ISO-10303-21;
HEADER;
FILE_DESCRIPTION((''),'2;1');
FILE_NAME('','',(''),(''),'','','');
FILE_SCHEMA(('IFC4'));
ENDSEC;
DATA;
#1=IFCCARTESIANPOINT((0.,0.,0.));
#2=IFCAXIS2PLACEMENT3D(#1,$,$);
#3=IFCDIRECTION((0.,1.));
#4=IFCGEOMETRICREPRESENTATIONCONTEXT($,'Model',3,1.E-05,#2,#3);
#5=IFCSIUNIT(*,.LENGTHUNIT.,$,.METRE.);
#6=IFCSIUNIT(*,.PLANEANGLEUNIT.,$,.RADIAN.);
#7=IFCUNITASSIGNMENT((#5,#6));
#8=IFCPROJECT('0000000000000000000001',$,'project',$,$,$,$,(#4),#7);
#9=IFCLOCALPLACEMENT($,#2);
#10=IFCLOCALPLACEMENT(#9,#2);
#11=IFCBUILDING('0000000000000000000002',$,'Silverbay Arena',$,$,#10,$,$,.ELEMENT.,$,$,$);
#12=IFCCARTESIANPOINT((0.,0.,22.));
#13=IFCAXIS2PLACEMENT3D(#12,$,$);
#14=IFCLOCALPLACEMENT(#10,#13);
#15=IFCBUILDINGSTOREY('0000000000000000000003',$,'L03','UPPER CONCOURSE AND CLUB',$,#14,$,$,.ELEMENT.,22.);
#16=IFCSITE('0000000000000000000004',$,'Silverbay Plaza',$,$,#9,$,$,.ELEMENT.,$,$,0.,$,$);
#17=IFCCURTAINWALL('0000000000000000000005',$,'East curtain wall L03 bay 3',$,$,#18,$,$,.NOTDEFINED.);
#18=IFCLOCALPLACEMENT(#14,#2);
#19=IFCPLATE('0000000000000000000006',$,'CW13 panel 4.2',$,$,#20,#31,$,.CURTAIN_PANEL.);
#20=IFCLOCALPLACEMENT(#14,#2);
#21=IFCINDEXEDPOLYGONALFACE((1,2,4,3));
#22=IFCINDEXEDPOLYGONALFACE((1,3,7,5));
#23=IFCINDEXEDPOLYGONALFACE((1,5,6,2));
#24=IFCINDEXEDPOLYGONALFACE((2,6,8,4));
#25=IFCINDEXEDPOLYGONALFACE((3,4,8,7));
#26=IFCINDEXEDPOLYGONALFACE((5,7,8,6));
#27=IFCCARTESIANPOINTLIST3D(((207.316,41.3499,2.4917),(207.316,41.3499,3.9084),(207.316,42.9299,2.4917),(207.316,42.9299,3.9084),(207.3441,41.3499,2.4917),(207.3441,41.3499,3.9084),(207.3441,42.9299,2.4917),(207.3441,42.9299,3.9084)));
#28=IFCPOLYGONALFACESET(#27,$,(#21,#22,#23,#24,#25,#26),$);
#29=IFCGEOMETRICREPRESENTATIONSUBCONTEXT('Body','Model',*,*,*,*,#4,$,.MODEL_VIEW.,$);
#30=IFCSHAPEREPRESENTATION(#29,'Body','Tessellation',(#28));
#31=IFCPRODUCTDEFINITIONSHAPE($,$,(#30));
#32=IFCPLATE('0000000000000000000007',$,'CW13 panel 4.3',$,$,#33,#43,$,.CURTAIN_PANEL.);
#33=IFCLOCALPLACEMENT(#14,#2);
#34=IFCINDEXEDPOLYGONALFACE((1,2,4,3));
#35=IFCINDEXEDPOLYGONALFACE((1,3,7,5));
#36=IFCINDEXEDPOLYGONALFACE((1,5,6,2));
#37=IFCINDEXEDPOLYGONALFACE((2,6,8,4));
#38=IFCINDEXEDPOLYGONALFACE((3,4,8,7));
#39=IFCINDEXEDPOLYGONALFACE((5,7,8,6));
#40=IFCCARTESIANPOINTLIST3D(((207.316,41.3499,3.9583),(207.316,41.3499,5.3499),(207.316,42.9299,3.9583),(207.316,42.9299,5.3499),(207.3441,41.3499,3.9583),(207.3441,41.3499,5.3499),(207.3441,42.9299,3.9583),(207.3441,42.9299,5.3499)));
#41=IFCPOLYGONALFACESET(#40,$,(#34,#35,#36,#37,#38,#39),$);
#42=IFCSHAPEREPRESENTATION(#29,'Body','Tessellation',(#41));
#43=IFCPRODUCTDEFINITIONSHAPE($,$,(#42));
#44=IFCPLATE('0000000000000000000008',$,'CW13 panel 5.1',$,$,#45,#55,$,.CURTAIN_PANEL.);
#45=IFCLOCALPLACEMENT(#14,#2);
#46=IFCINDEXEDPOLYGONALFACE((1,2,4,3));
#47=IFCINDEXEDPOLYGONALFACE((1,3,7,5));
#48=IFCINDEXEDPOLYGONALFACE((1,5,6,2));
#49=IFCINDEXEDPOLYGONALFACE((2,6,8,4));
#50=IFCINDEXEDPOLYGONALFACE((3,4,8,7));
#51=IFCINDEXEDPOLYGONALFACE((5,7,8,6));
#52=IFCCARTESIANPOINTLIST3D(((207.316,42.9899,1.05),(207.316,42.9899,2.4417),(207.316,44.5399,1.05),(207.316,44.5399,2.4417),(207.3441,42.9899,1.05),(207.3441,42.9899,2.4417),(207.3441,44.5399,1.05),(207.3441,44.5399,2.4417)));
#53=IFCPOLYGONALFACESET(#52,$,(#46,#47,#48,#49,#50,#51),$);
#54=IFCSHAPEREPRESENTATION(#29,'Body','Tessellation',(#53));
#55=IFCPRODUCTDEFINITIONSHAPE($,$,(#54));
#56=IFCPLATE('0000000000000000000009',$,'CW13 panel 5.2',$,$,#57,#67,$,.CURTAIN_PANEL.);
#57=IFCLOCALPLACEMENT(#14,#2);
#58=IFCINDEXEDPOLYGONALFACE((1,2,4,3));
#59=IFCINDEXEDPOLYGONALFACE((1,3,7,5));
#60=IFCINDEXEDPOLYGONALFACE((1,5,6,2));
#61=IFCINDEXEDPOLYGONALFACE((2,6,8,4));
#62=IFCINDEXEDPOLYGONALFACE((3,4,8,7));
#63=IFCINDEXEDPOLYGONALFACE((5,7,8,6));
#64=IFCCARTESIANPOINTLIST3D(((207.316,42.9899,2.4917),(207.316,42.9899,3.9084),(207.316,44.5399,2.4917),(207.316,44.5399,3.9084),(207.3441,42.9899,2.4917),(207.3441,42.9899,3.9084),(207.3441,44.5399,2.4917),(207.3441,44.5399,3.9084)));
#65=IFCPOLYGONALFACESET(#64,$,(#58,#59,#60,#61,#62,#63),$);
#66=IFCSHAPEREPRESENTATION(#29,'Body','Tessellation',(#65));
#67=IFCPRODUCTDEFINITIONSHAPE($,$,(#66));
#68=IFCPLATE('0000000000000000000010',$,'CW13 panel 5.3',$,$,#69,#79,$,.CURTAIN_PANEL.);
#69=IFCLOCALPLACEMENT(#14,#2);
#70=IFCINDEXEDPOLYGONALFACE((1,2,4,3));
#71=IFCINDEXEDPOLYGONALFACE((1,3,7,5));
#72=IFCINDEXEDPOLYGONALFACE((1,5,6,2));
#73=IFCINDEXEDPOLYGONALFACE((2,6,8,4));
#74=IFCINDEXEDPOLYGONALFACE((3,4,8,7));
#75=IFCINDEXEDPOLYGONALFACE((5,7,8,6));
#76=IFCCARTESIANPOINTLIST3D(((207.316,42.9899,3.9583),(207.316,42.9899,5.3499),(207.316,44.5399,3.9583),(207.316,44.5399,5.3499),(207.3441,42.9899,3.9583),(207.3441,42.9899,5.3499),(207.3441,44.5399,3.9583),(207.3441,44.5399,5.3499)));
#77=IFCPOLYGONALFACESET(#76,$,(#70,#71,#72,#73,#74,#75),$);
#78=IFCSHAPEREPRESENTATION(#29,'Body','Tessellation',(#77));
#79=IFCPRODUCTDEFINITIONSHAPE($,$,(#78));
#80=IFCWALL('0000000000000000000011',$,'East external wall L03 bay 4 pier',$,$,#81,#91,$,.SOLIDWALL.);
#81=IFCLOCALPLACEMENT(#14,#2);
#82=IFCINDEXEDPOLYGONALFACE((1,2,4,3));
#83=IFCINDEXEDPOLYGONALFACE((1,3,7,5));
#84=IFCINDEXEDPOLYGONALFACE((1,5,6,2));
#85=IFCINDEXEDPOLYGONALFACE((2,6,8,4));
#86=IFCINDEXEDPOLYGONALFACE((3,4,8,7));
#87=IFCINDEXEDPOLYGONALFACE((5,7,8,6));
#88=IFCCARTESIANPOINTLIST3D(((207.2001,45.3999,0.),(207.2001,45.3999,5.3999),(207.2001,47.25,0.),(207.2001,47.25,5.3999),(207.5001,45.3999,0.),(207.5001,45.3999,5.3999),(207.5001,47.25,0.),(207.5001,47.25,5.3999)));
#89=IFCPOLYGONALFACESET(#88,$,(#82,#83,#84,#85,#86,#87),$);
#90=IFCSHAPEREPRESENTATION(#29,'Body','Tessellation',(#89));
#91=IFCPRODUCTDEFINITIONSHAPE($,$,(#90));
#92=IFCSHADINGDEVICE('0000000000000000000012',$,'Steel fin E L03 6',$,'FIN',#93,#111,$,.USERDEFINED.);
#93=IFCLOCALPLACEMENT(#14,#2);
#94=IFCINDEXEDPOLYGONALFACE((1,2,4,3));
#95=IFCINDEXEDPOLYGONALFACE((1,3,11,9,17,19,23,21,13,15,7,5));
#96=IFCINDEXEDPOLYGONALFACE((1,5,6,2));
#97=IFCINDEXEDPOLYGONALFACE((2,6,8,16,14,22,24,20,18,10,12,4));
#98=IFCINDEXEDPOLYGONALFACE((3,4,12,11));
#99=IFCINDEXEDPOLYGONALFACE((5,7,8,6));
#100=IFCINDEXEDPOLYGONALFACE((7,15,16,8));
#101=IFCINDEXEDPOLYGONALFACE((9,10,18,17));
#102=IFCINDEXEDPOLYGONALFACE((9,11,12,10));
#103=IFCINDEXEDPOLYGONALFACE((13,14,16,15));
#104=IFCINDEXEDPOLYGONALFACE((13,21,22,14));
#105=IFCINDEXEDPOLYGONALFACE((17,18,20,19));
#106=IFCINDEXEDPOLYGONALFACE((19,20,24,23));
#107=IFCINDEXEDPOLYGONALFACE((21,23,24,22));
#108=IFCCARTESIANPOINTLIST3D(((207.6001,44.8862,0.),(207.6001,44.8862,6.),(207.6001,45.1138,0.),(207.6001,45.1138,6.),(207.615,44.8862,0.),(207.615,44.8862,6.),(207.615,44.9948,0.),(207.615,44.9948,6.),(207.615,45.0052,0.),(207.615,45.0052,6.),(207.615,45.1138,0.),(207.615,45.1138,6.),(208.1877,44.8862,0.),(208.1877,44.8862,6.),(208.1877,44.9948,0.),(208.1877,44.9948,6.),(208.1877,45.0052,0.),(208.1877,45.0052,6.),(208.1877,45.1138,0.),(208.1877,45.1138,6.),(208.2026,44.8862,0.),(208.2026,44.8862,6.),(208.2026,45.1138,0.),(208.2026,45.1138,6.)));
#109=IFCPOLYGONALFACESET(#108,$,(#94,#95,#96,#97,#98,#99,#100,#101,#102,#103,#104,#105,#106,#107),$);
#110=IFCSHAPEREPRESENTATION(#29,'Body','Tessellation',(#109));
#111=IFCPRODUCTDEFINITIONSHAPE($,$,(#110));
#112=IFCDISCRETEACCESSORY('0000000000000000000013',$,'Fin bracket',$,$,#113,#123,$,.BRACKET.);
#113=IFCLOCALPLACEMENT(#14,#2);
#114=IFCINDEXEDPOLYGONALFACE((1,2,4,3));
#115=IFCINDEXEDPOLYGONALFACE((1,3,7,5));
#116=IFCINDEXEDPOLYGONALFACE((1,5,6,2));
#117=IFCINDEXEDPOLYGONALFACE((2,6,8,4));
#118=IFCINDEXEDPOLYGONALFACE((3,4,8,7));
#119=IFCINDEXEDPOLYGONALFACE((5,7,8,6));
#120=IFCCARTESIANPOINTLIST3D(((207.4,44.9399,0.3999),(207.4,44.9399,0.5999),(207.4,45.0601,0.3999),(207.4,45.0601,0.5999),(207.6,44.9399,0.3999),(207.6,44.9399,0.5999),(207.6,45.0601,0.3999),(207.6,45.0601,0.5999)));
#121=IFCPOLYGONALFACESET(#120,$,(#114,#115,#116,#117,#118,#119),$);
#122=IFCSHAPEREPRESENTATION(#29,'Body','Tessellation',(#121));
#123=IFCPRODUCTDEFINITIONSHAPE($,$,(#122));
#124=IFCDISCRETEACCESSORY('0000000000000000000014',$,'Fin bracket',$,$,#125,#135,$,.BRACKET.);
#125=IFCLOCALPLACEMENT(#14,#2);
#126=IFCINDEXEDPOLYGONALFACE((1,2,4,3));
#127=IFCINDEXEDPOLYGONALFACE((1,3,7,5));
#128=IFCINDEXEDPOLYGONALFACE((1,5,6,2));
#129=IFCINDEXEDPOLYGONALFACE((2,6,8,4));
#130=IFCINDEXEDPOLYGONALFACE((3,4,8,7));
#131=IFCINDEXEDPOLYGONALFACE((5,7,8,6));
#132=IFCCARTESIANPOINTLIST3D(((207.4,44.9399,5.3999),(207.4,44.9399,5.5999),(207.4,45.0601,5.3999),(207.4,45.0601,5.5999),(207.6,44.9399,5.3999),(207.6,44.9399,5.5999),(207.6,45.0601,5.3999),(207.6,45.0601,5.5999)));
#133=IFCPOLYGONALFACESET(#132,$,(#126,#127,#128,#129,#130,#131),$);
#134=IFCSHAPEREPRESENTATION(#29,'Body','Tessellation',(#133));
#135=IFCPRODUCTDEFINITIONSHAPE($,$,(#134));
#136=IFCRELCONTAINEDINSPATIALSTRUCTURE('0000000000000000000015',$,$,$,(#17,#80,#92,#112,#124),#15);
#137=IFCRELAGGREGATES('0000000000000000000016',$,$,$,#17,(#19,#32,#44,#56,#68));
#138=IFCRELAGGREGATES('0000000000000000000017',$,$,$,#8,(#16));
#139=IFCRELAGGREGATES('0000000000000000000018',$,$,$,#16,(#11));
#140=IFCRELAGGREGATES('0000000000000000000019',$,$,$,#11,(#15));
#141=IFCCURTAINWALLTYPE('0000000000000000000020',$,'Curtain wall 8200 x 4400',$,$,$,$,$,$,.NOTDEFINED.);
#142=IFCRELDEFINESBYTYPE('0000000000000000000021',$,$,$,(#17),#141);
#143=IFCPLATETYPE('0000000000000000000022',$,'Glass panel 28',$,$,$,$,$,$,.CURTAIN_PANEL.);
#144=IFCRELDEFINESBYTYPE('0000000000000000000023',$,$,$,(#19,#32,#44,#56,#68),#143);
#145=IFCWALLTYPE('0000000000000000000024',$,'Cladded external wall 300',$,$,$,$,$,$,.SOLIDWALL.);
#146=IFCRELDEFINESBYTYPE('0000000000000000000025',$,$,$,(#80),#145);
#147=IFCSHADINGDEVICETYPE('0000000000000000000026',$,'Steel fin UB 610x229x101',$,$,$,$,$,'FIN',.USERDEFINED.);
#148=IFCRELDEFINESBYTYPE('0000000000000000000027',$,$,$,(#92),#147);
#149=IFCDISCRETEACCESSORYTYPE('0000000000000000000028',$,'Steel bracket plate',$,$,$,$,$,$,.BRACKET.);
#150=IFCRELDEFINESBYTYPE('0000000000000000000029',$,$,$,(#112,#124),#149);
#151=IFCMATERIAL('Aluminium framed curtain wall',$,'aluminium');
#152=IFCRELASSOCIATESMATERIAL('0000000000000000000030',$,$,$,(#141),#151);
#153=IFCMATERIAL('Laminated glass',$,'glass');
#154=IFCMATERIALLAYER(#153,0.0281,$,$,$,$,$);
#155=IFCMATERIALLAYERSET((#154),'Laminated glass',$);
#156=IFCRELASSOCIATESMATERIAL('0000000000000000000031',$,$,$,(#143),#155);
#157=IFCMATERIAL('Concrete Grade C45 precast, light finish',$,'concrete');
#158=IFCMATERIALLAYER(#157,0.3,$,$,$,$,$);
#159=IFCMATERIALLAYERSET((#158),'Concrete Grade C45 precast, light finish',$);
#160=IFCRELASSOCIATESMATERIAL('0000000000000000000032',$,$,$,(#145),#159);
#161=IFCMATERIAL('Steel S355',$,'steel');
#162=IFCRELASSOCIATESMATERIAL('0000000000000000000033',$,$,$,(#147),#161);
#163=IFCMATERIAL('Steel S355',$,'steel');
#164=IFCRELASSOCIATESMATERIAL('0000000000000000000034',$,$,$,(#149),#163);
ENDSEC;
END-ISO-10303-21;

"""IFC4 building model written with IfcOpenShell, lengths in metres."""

from ifc_helpers import new_model, si_unit, direction, frame, frame_2d, origin, origin_2d, place, context, subcontext, project, spatial, rectangle, i_section, extrude, material, layer, layer_set, material_profile, profile_set, type_object, element, aggregate, save


model = new_model("IFC4")

# Units and contexts
model_context = context("Model", 3, precision=1e-05, world=origin(), true_north=direction((0.0, 1.0)))
body_context = subcontext(model_context, "Body", "Model", "MODEL_VIEW")
ifc_project = project(units=[si_unit("LENGTHUNIT", "METRE"), si_unit("PLANEANGLEUNIT", "RADIAN")], contexts=[model_context])

# Site, building, storey
site_placement = place(None, origin())
site = spatial("IfcSite", under=ifc_project, at=site_placement, Name="Silverbay Plaza", CompositionType="ELEMENT", RefElevation=0.0)
building_placement = place(site_placement, origin())
building = spatial("IfcBuilding", under=site, at=building_placement, Name="Silverbay Arena", CompositionType="ELEMENT")
storey_placement = place(building_placement, frame((0.0, 0.0, 22.0)))
storey = spatial("IfcBuildingStorey", under=building, at=storey_placement, Name="L03", Description="UPPER CONCOURSE AND CLUB", CompositionType="ELEMENT", Elevation=22.0)

# Curtain wall
ifc_material_1 = material(Name="Aluminium framed curtain wall", Category="aluminium")
curtain_wall_type = type_object("IfcCurtainWallType", Name="Curtain wall 8200 x 4400", PredefinedType="NOTDEFINED", material=ifc_material_1)
curtain_wall_placement = place(storey_placement, origin())
curtain_wall = element("IfcCurtainWall", 1, at=curtain_wall_placement, inside=storey, type_object=curtain_wall_type, Name="East curtain wall L03 bay 3", PredefinedType="NOTDEFINED")

# Plates
ifc_material_2 = material(Name="Laminated glass", Category="glass")
ifc_layer_1 = layer(ifc_material_2, 0.0281)
ifc_layer_set_1 = layer_set([ifc_layer_1], Name="Laminated glass")
plate_type = type_object("IfcPlateType", Name="Glass panel 28", PredefinedType="CURTAIN_PANEL", material=ifc_layer_set_1)
plate_1_placement = place(storey_placement, frame((207.3301, 42.1399, 2.4917), z_axis=(0.0, 0.0, 1.0), x_axis=(0.0, 1.0, 0.0)))
plate_1 = element("IfcPlate", 2, at=plate_1_placement, type_object=plate_type, Name="CW13 panel 4.2", PredefinedType="CURTAIN_PANEL", context=body_context, shape_type="SweptSolid", body=[
    extrude(rectangle(XDim=1.5801, YDim=0.0281, at=origin_2d()), origin(), (0.0, 0.0, 1.0), 1.4167),
])
plate_2_placement = place(storey_placement, frame((207.3301, 42.1399, 3.9583), z_axis=(0.0, 0.0, 1.0), x_axis=(0.0, 1.0, 0.0)))
plate_2 = element("IfcPlate", 3, at=plate_2_placement, type_object=plate_type, Name="CW13 panel 4.3", PredefinedType="CURTAIN_PANEL", context=body_context, shape_type="SweptSolid", body=[
    extrude(rectangle(XDim=1.5801, YDim=0.0281, at=origin_2d()), origin(), (0.0, 0.0, 1.0), 1.3916),
])
plate_3_placement = place(storey_placement, frame((207.3301, 43.7649, 1.05), z_axis=(0.0, 0.0, 1.0), x_axis=(0.0, 1.0, 0.0)))
plate_3 = element("IfcPlate", 4, at=plate_3_placement, type_object=plate_type, Name="CW13 panel 5.1", PredefinedType="CURTAIN_PANEL", context=body_context, shape_type="SweptSolid", body=[
    extrude(rectangle(XDim=1.55, YDim=0.0281, at=origin_2d()), origin(), (0.0, 0.0, 1.0), 1.3916),
])
plate_4_placement = place(storey_placement, frame((207.3301, 43.7649, 2.4917), z_axis=(0.0, 0.0, 1.0), x_axis=(0.0, 1.0, 0.0)))
plate_4 = element("IfcPlate", 5, at=plate_4_placement, type_object=plate_type, Name="CW13 panel 5.2", PredefinedType="CURTAIN_PANEL", context=body_context, shape_type="SweptSolid", body=[
    extrude(rectangle(XDim=1.55, YDim=0.0281, at=origin_2d()), origin(), (0.0, 0.0, 1.0), 1.4167),
])
plate_5_placement = place(storey_placement, frame((207.3301, 43.7649, 3.9583), z_axis=(0.0, 0.0, 1.0), x_axis=(0.0, 1.0, 0.0)))
plate_5 = element("IfcPlate", 6, at=plate_5_placement, type_object=plate_type, Name="CW13 panel 5.3", PredefinedType="CURTAIN_PANEL", context=body_context, shape_type="SweptSolid", body=[
    extrude(rectangle(XDim=1.55, YDim=0.0281, at=origin_2d()), origin(), (0.0, 0.0, 1.0), 1.3916),
])
aggregate(curtain_wall, [plate_1, plate_2, plate_3, plate_4, plate_5])

# Wall
ifc_material_3 = material(Name="Concrete Grade C45 precast, light finish", Category="concrete")
ifc_layer_2 = layer(ifc_material_3, 0.3)
ifc_layer_set_2 = layer_set([ifc_layer_2], Name="Concrete Grade C45 precast, light finish")
wall_type = type_object("IfcWallType", Name="Cladded external wall 300", PredefinedType="SOLIDWALL", material=ifc_layer_set_2)
wall_placement = place(storey_placement, frame((207.3501, 45.3999, 0.0), z_axis=(0.0, 0.0, 1.0), x_axis=(0.0, 1.0, 0.0)))
element("IfcWall", 7, at=wall_placement, inside=storey, type_object=wall_type, Name="East external wall L03 bay 4 pier", PredefinedType="SOLIDWALL", context=body_context, shape_type="SweptSolid", body=[
    extrude(rectangle(XDim=1.8501, YDim=0.3, at=frame_2d((0.925, 0.0))), origin(), (0.0, 0.0, 1.0), 5.3999),
])

# Shading device
ifc_material_4 = material(Name="Steel S355", Category="steel")
ifc_material_profile_1 = material_profile(ifc_material_4, i_section(OverallWidth=0.2275, OverallDepth=0.6025, WebThickness=0.0105, FlangeThickness=0.0149, at=origin_2d()), Name="UB 610x229x101")
ifc_profile_set_1 = profile_set([ifc_material_profile_1], Name="Steel S355")
shading_device_type = type_object("IfcShadingDeviceType", Name="Steel fin UB 610x229x101", ElementType="FIN", PredefinedType="USERDEFINED", material=ifc_profile_set_1)
shading_device_placement = place(storey_placement, frame((207.9014, 45.0, 0.0), z_axis=(0.0, 0.0, 1.0), x_axis=(0.0, 1.0, 0.0)))
element("IfcShadingDevice", 8, at=shading_device_placement, inside=storey, type_object=shading_device_type, Name="Steel fin E L03 6", ObjectType="FIN", PredefinedType="USERDEFINED", context=body_context, shape_type="SweptSolid", body=[
    extrude(i_section(OverallWidth=0.2275, OverallDepth=0.6025, WebThickness=0.0105, FlangeThickness=0.0149, at=origin_2d()), origin(), (0.0, 0.0, 1.0), 6.0),
])

# Discrete accessories
ifc_material_5 = material(Name="Steel S355", Category="steel")
discrete_accessory_type = type_object("IfcDiscreteAccessoryType", Name="Steel bracket plate", PredefinedType="BRACKET", material=ifc_material_5)
for number, where, z_axis, x_axis, name in (
    (9, (207.5, 45.0, 0.3999), (0.0, 0.0, 1.0), (1.0, 0.0, 0.0), "Fin bracket"),
    (10, (207.5, 45.0, 5.3999), (0.0, 0.0, 1.0), (1.0, 0.0, 0.0), "Fin bracket"),
):
    element("IfcDiscreteAccessory", number, at=place(storey_placement, frame(where, z_axis=z_axis, x_axis=x_axis)), inside=storey, type_object=discrete_accessory_type, Name=name, PredefinedType="BRACKET", context=body_context, shape_type="SweptSolid", body=[
        extrude(rectangle(XDim=0.2, YDim=0.1201, at=origin_2d()), origin(), (0.0, 0.0, 1.0), 0.2),
    ])

save(model, "model.ifc")
